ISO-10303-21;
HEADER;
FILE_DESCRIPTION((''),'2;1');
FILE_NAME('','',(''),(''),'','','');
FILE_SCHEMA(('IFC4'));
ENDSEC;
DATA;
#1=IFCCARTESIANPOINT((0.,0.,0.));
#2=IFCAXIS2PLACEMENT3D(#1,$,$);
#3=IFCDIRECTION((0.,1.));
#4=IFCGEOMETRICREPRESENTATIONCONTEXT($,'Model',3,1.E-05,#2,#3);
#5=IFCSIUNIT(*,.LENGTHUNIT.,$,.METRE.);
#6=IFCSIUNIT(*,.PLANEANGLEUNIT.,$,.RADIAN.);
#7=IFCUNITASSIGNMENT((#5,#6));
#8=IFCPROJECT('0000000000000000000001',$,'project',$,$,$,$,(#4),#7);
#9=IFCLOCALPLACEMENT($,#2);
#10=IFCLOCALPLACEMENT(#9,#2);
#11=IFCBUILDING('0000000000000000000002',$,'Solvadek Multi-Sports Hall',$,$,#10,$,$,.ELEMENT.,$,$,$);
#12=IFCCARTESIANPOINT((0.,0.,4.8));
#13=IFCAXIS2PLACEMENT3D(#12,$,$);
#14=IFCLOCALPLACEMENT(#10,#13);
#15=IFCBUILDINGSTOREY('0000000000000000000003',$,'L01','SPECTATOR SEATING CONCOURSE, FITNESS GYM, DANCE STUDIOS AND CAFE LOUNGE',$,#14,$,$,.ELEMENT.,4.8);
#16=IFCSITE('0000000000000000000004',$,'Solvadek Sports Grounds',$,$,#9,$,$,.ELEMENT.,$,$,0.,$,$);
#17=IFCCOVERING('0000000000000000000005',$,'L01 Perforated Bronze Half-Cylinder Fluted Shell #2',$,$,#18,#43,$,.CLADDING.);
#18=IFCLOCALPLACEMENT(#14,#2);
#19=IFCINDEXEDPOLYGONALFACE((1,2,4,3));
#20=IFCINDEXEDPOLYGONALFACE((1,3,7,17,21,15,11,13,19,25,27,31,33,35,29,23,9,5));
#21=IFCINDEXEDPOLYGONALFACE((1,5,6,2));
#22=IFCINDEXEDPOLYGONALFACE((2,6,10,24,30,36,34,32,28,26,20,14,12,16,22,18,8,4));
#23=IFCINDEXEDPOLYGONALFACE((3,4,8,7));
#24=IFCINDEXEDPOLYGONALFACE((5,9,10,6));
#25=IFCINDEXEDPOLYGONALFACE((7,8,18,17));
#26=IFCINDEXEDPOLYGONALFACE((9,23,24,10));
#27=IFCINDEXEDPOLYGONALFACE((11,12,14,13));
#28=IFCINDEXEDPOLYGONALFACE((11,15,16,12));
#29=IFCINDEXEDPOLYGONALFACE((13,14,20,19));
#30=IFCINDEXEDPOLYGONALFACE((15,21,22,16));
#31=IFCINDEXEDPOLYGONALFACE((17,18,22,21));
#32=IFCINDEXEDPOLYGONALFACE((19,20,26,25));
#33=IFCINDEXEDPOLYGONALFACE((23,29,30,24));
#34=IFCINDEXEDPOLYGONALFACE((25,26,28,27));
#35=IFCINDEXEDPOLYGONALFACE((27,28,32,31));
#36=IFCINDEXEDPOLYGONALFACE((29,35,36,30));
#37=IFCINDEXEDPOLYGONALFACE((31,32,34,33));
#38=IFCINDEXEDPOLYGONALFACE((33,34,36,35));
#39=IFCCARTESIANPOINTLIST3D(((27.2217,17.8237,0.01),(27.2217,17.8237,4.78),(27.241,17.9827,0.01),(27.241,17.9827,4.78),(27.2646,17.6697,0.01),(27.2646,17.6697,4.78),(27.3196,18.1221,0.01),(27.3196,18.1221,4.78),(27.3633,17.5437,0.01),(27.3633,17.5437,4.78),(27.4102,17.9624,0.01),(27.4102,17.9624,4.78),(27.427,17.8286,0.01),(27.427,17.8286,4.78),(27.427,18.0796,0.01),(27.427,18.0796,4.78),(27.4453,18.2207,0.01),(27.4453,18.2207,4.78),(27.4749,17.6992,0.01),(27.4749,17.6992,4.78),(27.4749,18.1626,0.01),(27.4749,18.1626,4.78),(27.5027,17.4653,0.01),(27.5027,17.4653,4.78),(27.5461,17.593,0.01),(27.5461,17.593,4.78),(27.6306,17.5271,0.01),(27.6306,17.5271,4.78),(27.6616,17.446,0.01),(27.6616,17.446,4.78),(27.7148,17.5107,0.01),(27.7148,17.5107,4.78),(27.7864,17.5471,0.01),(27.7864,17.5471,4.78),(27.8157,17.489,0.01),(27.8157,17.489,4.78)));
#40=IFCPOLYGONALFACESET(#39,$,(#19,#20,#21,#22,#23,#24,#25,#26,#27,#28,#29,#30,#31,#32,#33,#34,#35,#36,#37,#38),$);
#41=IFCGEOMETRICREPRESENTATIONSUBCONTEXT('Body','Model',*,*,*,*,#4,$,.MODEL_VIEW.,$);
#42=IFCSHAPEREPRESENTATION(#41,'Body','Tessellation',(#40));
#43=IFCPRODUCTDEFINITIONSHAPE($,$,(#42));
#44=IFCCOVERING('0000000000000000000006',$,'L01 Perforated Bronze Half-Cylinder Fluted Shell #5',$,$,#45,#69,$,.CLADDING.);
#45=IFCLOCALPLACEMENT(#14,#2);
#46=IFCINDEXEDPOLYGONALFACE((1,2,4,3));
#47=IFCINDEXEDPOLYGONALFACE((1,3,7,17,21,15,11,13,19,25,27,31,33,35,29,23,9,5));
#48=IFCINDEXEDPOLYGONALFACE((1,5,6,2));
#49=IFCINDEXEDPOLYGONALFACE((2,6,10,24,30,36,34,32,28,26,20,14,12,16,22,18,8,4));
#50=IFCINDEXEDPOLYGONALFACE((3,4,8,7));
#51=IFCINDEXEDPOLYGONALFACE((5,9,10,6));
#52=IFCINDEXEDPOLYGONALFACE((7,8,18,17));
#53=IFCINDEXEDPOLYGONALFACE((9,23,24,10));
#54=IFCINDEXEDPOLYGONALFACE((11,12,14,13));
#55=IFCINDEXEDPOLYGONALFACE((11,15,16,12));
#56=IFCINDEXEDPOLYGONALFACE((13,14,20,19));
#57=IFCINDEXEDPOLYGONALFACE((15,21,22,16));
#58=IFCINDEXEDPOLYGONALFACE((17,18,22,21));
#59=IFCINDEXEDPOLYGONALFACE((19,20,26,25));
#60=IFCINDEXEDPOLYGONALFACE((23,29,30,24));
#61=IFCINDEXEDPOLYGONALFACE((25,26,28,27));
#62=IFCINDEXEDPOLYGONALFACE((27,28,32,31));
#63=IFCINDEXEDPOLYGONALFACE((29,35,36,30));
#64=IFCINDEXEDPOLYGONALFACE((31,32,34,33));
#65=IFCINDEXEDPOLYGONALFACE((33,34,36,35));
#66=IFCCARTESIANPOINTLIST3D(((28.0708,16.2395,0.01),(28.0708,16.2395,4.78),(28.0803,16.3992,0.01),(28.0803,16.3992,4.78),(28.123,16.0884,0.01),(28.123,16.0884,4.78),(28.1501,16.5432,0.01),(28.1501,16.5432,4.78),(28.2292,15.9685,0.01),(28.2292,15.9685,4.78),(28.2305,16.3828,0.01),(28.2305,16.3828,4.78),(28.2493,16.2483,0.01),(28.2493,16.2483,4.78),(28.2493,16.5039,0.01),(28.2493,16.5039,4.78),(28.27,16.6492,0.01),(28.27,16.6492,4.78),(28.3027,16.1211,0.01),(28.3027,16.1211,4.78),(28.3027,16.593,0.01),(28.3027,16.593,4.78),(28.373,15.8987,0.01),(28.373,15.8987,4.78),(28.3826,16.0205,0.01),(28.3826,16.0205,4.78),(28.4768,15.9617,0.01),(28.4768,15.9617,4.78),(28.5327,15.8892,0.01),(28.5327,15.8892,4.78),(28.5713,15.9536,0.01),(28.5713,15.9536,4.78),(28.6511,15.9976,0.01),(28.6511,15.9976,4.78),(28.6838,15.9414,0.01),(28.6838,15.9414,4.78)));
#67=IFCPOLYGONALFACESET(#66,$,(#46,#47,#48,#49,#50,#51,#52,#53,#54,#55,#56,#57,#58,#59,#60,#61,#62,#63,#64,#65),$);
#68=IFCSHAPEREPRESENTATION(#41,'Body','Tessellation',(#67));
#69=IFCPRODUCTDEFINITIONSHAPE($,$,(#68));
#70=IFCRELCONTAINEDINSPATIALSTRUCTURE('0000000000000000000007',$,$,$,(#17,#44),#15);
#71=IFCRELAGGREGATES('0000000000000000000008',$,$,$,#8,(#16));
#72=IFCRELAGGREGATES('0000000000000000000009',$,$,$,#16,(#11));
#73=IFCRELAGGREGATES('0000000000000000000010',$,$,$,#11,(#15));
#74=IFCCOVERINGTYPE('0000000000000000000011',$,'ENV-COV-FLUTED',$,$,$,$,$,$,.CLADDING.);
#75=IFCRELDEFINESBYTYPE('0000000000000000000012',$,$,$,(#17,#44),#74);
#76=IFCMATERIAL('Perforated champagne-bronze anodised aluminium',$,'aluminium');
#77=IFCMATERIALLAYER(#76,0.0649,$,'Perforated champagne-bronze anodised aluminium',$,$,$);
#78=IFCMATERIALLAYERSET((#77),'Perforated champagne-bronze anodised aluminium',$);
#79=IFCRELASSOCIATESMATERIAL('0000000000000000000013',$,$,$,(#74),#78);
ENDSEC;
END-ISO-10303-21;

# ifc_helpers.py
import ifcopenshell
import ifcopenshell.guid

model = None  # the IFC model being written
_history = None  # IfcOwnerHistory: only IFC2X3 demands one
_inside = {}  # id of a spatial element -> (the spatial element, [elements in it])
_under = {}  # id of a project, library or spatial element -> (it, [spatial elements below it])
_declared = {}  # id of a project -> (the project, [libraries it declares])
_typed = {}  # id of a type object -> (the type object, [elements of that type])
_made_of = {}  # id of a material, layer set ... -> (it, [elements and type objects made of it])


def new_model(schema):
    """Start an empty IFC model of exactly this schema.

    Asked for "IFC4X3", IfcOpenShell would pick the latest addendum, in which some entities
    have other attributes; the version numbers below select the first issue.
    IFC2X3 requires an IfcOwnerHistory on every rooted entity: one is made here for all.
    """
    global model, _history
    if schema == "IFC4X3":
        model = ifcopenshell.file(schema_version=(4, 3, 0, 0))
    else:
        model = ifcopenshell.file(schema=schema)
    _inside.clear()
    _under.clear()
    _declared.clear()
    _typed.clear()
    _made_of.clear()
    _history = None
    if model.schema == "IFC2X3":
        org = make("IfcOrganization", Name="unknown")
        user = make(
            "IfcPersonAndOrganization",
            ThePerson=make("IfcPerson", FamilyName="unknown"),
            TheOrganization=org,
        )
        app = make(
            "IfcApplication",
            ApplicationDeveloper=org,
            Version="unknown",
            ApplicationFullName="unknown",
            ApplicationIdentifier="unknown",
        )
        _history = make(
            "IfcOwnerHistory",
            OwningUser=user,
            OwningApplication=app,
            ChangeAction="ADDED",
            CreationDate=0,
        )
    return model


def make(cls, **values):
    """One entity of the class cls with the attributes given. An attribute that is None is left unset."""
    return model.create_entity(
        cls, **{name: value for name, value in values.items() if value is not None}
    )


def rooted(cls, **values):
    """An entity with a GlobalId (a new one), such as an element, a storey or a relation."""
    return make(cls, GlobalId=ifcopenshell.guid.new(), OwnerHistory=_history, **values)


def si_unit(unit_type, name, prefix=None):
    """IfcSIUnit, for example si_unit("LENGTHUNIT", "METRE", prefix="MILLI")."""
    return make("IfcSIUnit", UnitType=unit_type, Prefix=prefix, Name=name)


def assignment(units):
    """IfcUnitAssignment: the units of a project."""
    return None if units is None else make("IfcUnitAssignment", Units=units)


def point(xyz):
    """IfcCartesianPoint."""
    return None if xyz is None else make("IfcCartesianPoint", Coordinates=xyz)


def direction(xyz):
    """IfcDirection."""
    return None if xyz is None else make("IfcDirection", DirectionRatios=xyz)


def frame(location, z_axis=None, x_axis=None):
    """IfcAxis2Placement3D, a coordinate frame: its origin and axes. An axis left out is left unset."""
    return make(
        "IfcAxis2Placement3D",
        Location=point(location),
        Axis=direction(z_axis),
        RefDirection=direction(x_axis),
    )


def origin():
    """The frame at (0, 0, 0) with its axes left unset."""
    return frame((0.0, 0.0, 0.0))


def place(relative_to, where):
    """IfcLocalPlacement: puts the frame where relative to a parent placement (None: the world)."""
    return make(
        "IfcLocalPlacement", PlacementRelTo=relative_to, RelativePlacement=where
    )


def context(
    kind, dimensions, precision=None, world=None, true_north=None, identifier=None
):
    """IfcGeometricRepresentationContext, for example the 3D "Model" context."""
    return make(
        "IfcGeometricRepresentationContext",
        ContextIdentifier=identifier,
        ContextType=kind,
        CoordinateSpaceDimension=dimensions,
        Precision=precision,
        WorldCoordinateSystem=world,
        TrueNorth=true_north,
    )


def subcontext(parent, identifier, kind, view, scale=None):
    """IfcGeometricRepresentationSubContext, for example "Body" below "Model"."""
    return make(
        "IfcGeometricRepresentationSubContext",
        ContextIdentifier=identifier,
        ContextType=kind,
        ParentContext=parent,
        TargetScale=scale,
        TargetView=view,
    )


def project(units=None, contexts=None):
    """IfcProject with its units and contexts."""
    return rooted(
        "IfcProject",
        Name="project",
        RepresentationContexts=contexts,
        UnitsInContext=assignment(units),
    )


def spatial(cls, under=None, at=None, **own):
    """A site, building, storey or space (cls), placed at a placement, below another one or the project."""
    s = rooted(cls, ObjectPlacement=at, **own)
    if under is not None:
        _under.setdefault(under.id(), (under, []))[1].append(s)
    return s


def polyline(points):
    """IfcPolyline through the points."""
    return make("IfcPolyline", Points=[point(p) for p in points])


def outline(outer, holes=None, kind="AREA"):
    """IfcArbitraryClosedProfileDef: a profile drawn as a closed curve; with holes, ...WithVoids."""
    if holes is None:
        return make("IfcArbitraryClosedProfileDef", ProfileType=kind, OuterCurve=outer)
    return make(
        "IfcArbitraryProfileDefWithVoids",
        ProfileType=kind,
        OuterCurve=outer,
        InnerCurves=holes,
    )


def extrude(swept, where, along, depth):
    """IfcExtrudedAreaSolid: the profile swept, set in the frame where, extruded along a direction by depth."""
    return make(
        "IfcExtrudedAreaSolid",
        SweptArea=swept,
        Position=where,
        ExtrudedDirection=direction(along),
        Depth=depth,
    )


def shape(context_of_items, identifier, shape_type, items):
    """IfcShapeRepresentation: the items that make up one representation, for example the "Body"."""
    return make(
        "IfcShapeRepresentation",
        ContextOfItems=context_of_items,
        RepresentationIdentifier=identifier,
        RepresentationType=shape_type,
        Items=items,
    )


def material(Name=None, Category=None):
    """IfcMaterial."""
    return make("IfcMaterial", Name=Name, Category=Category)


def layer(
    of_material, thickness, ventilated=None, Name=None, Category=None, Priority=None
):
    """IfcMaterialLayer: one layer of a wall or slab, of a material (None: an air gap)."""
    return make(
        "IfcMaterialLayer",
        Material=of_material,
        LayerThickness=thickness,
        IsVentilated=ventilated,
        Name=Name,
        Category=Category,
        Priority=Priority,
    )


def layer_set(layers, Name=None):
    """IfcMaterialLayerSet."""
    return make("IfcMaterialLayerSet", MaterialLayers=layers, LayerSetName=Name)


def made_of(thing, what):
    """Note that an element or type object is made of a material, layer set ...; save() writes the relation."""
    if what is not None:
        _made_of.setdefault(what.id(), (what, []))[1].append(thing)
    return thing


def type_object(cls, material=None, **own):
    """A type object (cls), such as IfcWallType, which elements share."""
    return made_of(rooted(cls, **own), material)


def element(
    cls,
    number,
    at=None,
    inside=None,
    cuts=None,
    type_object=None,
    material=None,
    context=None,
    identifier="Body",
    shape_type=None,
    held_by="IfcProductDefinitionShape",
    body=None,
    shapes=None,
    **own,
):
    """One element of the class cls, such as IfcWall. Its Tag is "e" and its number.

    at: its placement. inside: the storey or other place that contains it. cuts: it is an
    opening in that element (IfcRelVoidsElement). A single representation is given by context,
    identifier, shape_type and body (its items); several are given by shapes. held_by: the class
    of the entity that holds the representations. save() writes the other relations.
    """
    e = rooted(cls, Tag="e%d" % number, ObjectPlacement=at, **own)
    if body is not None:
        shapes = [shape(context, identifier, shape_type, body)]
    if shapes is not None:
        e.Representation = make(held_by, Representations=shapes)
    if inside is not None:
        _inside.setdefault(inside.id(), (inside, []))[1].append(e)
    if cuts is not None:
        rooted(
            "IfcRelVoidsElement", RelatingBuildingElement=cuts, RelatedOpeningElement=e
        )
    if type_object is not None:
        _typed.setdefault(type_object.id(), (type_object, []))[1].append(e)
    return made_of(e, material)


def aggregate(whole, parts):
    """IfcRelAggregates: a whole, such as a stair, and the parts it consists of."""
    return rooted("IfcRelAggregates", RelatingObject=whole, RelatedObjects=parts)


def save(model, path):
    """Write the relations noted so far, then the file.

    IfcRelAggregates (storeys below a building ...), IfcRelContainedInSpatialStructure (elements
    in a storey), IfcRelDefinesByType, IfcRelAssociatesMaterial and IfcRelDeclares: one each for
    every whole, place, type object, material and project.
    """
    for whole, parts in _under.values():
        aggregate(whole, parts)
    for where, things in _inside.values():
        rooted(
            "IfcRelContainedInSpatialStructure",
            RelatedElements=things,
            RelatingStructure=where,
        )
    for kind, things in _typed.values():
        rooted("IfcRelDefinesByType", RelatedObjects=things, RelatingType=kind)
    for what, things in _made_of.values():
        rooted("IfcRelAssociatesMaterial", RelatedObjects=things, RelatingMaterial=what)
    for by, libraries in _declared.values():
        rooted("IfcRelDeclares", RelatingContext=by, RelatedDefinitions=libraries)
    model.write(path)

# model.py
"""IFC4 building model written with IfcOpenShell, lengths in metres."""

from ifc_helpers import new_model, si_unit, direction, frame, origin, place, context, subcontext, project, spatial, polyline, outline, extrude, material, layer, layer_set, type_object, element, save


model = new_model("IFC4")

# Units and contexts
model_context = context("Model", 3, precision=1e-05, world=origin(), true_north=direction((0.0, 1.0)))
body_context = subcontext(model_context, "Body", "Model", "MODEL_VIEW")
ifc_project = project(units=[si_unit("LENGTHUNIT", "METRE"), si_unit("PLANEANGLEUNIT", "RADIAN")], contexts=[model_context])

# Site, building, storey
site_placement = place(None, origin())
site = spatial("IfcSite", under=ifc_project, at=site_placement, Name="Solvadek Sports Grounds", CompositionType="ELEMENT", RefElevation=0.0)
building_placement = place(site_placement, origin())
building = spatial("IfcBuilding", under=site, at=building_placement, Name="Solvadek Multi-Sports Hall", CompositionType="ELEMENT")
storey_placement = place(building_placement, frame((0.0, 0.0, 4.8)))
storey = spatial("IfcBuildingStorey", under=building, at=storey_placement, Name="L01", Description="SPECTATOR SEATING CONCOURSE, FITNESS GYM, DANCE STUDIOS AND CAFE LOUNGE", CompositionType="ELEMENT", Elevation=4.8)

# Coverings
ifc_material_1 = material(Name="Perforated champagne-bronze anodised aluminium", Category="aluminium")
ifc_layer_1 = layer(ifc_material_1, 0.0649, Name="Perforated champagne-bronze anodised aluminium")
ifc_layer_set_1 = layer_set([ifc_layer_1], Name="Perforated champagne-bronze anodised aluminium")
covering_type = type_object("IfcCoveringType", Name="ENV-COV-FLUTED", PredefinedType="CLADDING", material=ifc_layer_set_1)
covering_1_placement = place(storey_placement, frame((0.0, 0.0, 0.01)))
element("IfcCovering", 1, at=covering_1_placement, inside=storey, type_object=covering_type, Name="L01 Perforated Bronze Half-Cylinder Fluted Shell #2", PredefinedType="CLADDING", context=body_context, shape_type="SweptSolid", body=[
    extrude(outline(polyline([(27.8157, 17.489), (27.6616, 17.446), (27.5027, 17.4653), (27.3633, 17.5437), (27.2646, 17.6697), (27.2217, 17.8237), (27.241, 17.9827), (27.3196, 18.1221), (27.4453, 18.2207), (27.4749, 18.1626), (27.427, 18.0796), (27.4102, 17.9624), (27.427, 17.8286), (27.4749, 17.6992), (27.5461, 17.593), (27.6306, 17.5271), (27.7148, 17.5107), (27.7864, 17.5471), (27.8157, 17.489)])), origin(), (0.0, 0.0, 1.0), 4.77),
])
covering_2_placement = place(storey_placement, frame((0.0, 0.0, 0.01)))
element("IfcCovering", 2, at=covering_2_placement, inside=storey, type_object=covering_type, Name="L01 Perforated Bronze Half-Cylinder Fluted Shell #5", PredefinedType="CLADDING", context=body_context, shape_type="SweptSolid", body=[
    extrude(outline(polyline([(28.6838, 15.9414), (28.5327, 15.8892), (28.373, 15.8987), (28.2292, 15.9685), (28.123, 16.0884), (28.0708, 16.2395), (28.0803, 16.3992), (28.1501, 16.5432), (28.27, 16.6492), (28.3027, 16.593), (28.2493, 16.5039), (28.2305, 16.3828), (28.2493, 16.2483), (28.3027, 16.1211), (28.3826, 16.0205), (28.4768, 15.9617), (28.5713, 15.9536), (28.6511, 15.9976), (28.6838, 15.9414)])), origin(), (0.0, 0.0, 1.0), 4.77),
])

save(model, "model.ifc")
